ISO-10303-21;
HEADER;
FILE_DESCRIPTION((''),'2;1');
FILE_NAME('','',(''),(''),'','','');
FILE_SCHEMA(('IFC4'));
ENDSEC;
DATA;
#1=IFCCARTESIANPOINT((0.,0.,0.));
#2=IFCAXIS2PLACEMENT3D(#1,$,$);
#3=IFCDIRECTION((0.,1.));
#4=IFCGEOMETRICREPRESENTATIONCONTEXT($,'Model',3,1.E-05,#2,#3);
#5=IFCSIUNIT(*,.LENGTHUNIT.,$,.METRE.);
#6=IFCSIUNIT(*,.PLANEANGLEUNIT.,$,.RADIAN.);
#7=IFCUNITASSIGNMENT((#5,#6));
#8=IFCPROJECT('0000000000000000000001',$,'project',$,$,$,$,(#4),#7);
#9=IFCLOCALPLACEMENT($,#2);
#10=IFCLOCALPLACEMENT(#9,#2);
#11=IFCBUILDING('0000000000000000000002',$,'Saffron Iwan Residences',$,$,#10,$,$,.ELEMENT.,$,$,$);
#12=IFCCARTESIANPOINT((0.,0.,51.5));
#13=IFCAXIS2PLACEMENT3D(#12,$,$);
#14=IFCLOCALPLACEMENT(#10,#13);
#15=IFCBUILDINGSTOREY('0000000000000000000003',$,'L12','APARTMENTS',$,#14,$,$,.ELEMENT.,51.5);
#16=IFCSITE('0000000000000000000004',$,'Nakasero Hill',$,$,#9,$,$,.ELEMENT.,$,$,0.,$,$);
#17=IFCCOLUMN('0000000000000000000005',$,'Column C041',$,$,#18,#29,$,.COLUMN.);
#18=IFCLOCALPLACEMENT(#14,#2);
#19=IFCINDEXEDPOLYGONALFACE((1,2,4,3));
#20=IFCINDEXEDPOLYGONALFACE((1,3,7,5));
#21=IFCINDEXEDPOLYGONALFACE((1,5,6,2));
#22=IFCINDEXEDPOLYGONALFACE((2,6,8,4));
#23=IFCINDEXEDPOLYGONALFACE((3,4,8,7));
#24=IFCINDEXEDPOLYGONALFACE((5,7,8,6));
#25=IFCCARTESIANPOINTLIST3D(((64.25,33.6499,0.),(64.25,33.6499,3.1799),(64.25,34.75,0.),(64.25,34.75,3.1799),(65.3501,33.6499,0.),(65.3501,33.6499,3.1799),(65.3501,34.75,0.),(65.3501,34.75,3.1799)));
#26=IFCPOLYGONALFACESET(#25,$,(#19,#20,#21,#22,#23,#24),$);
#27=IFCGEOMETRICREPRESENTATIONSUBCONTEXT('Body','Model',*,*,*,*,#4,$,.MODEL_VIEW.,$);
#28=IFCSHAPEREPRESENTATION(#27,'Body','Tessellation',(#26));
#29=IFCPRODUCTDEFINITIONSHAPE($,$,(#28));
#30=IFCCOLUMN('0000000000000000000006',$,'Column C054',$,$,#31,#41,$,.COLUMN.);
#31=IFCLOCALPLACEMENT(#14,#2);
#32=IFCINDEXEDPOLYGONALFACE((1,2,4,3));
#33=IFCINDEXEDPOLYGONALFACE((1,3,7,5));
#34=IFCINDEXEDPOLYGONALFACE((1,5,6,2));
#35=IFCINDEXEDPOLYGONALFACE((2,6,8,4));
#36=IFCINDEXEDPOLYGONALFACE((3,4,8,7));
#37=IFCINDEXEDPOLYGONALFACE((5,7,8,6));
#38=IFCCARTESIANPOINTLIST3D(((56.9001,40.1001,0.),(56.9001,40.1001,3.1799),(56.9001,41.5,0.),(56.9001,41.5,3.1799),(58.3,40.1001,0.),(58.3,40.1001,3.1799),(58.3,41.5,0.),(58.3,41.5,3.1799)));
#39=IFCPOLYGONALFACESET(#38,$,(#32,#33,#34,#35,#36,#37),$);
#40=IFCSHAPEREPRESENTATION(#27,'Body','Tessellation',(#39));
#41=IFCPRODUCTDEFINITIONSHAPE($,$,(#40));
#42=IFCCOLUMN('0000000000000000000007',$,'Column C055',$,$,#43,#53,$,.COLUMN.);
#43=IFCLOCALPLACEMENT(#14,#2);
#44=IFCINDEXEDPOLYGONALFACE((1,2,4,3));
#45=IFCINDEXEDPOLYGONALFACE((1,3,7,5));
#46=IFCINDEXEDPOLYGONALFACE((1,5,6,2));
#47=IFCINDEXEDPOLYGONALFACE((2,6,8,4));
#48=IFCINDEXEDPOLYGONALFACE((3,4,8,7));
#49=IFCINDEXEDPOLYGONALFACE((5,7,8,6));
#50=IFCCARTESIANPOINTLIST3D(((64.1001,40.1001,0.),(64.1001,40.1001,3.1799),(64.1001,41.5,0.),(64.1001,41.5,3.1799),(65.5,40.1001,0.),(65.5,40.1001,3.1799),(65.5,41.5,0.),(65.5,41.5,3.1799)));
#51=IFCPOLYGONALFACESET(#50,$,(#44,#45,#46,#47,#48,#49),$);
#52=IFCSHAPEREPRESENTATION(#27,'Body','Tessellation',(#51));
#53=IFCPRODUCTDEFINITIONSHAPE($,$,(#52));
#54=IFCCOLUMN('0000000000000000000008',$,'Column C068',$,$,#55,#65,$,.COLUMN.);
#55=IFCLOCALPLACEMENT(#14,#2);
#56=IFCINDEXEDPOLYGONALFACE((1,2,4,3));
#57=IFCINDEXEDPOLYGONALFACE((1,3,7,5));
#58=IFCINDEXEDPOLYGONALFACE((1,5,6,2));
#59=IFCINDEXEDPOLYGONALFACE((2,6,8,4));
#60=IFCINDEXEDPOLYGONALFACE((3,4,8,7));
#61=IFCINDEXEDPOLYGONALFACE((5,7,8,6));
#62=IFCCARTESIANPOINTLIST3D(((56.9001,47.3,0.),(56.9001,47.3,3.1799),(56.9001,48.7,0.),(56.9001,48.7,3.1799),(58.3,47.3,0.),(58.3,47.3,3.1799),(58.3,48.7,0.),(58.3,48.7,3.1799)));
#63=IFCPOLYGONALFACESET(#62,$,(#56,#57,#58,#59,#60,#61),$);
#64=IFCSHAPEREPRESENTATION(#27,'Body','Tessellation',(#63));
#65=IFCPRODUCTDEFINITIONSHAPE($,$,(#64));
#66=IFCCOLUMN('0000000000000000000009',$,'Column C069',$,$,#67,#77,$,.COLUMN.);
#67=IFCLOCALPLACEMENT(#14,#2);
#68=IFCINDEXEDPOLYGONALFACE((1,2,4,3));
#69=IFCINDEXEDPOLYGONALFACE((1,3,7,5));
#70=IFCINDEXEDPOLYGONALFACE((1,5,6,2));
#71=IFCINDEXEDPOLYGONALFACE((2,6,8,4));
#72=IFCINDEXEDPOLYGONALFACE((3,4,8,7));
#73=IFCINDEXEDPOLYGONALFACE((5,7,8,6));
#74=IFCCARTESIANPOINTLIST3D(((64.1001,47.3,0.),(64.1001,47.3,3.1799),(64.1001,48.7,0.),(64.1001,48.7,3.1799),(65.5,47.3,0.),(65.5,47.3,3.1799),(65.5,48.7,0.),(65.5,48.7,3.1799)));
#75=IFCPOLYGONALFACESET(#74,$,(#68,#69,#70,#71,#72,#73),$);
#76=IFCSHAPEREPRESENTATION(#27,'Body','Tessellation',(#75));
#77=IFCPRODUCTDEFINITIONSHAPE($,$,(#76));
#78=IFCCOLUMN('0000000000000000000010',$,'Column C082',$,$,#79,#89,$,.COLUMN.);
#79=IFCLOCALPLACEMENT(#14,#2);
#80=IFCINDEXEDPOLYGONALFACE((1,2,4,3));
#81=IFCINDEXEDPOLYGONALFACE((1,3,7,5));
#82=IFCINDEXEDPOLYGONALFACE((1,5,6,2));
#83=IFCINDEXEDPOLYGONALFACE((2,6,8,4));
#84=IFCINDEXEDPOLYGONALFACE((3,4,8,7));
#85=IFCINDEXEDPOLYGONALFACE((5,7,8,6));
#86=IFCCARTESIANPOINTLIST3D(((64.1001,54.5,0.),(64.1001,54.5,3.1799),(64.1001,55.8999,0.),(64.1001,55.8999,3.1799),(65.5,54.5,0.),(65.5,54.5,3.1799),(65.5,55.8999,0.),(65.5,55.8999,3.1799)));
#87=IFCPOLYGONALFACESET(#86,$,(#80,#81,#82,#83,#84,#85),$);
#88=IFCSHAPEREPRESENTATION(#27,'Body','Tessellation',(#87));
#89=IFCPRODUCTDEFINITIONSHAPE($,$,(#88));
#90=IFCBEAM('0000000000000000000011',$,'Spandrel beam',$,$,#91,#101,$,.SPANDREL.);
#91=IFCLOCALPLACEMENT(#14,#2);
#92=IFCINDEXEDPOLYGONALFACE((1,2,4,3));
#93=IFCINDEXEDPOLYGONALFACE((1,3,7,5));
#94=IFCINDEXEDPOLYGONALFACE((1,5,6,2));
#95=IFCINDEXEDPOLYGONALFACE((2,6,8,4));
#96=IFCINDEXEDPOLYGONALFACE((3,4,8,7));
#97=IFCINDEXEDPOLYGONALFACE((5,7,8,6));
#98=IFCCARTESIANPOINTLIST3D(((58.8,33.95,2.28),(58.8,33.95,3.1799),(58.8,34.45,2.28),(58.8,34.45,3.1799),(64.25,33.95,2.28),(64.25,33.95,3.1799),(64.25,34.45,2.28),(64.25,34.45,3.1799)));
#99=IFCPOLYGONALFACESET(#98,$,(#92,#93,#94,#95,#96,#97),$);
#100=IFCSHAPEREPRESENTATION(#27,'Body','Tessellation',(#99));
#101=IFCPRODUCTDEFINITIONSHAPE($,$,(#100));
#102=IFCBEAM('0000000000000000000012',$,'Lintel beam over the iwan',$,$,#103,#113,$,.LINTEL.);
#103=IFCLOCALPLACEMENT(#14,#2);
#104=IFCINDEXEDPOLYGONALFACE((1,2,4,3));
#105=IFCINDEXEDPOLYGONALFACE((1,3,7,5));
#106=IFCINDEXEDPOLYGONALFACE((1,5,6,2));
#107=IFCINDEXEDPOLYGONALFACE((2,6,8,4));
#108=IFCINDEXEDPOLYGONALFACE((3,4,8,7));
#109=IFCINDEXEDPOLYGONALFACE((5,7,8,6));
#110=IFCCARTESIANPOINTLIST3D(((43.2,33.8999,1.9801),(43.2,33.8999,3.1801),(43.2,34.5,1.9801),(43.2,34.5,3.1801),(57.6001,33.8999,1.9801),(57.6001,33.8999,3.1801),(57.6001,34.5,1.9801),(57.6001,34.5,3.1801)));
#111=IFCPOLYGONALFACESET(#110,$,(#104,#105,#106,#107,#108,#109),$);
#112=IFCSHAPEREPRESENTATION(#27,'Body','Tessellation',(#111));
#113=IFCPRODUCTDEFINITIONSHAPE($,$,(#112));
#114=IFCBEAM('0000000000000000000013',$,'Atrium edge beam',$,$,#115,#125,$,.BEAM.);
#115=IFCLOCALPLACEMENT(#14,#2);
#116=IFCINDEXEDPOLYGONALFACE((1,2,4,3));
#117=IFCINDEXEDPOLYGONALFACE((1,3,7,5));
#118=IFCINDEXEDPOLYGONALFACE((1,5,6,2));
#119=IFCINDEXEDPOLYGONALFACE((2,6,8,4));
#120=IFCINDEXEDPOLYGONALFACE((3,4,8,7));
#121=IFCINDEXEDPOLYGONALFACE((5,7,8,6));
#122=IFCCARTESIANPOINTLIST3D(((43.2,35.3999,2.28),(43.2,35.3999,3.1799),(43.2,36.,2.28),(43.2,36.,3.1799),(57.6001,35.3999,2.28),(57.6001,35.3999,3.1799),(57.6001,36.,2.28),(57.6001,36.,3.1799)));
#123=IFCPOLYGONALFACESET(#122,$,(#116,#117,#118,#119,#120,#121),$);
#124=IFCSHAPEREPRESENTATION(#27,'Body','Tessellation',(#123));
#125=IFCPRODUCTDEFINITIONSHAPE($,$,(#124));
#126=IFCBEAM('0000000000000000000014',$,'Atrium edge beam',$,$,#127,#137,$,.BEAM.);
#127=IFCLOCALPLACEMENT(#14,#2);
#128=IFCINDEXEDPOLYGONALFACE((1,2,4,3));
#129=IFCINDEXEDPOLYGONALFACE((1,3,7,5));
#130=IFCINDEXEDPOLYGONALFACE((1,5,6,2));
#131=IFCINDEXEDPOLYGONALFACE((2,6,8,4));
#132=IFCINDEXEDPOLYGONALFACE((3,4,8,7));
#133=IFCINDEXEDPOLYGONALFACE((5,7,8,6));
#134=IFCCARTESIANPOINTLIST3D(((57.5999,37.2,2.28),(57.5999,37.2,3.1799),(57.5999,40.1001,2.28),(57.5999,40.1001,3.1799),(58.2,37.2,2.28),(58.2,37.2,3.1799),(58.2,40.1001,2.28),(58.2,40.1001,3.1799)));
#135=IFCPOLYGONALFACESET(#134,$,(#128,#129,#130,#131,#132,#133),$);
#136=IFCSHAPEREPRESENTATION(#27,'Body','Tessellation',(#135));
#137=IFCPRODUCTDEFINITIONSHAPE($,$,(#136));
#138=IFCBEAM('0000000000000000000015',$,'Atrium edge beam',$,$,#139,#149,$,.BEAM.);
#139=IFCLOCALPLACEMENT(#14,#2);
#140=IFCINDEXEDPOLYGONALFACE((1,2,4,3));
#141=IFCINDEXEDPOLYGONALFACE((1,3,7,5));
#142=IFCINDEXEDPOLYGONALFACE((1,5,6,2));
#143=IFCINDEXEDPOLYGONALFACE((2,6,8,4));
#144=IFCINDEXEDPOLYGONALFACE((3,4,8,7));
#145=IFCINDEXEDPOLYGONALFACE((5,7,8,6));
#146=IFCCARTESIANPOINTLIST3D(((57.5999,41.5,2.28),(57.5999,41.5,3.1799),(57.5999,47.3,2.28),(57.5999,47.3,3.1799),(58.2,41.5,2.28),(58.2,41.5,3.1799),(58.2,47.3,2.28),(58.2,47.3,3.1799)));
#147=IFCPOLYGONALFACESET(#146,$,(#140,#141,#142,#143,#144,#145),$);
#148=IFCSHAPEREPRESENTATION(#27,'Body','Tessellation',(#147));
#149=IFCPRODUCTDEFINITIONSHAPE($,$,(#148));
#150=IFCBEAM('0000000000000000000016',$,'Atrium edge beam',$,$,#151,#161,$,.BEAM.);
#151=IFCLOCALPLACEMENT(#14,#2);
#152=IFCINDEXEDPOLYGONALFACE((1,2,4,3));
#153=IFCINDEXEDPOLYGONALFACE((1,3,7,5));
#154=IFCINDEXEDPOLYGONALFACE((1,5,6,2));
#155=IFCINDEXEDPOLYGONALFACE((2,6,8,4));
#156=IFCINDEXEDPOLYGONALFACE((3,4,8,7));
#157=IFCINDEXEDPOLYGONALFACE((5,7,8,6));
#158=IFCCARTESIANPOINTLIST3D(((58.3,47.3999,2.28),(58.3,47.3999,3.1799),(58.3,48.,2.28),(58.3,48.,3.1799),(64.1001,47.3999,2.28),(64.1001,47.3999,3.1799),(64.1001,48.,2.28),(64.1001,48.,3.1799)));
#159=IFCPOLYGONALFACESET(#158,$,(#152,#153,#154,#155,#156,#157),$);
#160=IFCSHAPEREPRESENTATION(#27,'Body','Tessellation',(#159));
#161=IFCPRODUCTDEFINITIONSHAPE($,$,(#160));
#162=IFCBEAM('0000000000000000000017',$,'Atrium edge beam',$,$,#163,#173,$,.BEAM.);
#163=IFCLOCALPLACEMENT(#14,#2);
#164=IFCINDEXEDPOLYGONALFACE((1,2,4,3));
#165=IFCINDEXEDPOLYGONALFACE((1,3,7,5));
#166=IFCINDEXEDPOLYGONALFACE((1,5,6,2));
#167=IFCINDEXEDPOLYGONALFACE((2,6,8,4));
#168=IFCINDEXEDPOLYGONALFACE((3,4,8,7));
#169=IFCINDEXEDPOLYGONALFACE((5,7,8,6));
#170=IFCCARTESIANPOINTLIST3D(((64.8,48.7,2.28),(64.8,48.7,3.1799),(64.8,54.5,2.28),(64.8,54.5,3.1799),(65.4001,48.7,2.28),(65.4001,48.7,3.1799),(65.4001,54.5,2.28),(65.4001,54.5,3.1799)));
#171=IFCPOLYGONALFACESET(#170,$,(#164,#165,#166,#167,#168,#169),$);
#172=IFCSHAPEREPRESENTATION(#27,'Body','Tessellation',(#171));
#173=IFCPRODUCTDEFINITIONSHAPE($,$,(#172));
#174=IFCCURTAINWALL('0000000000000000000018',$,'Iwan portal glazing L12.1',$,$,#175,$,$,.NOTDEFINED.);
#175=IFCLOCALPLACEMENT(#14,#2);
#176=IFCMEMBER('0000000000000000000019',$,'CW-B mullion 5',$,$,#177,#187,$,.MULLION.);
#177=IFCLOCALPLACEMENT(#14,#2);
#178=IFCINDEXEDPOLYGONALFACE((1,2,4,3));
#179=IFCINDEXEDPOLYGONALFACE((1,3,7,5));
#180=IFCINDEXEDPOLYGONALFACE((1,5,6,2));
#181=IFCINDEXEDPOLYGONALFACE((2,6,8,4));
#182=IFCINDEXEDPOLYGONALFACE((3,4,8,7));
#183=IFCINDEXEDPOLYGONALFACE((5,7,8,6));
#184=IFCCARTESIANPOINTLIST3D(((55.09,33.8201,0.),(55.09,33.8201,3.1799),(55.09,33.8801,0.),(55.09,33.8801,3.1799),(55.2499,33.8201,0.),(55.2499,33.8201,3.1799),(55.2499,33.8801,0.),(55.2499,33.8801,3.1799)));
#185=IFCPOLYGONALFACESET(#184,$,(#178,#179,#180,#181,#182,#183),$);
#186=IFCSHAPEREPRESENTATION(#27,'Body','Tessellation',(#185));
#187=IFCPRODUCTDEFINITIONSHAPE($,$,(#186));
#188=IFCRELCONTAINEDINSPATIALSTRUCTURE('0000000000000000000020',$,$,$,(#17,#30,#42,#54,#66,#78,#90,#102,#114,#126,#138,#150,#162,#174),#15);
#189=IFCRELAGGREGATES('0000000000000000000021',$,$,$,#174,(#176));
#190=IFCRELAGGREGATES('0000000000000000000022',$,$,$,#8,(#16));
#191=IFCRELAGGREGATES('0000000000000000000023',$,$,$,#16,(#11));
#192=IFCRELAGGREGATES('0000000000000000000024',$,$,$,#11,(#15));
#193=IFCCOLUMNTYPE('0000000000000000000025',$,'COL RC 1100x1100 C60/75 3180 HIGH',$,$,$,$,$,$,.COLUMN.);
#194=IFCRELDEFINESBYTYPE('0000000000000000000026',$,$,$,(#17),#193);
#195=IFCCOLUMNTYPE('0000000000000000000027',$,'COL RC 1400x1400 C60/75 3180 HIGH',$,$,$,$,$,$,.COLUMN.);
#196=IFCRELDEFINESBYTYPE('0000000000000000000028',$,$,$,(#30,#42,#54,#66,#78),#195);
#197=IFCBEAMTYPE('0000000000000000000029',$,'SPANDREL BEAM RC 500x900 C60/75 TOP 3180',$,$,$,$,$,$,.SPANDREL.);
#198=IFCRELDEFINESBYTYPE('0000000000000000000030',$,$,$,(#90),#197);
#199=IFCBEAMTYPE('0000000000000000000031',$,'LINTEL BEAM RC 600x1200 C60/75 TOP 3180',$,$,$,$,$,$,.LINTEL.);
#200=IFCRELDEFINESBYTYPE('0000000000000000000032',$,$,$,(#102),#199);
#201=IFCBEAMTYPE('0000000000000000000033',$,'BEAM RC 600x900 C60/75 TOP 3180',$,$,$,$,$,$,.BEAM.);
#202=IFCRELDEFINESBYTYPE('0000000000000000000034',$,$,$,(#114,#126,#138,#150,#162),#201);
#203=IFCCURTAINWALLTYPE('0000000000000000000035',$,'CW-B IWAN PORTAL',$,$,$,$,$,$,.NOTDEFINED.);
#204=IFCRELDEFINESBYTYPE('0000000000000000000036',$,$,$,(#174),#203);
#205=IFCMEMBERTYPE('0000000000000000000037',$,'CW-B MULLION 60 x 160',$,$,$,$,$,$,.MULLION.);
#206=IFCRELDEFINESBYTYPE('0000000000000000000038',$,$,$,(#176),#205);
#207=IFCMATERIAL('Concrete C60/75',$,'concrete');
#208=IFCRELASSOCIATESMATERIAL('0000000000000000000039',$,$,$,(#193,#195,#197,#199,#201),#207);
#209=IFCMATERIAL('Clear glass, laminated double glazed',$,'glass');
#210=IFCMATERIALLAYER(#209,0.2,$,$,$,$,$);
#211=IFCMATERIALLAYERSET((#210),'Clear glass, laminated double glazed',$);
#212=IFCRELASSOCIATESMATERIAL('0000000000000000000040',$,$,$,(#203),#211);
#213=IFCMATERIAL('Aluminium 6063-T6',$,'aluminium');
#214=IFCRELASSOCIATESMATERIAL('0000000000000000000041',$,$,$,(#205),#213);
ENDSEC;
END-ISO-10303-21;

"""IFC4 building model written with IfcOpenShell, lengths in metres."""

from ifc_helpers import new_model, si_unit, direction, frame, origin, origin_2d, place, context, subcontext, project, spatial, rectangle, extrude, source, transform, mapped, material, layer, layer_set, material_profile, profile_set, type_object, element, aggregate, save


model = new_model("IFC4")

# Units and contexts
model_context = context("Model", 3, precision=1e-05, world=origin(), true_north=direction((0.0, 1.0)))
body_context = subcontext(model_context, "Body", "Model", "MODEL_VIEW")
ifc_project = project(units=[si_unit("LENGTHUNIT", "METRE"), si_unit("PLANEANGLEUNIT", "RADIAN")], contexts=[model_context])

# Site, building, storey
site_placement = place(None, origin())
site = spatial("IfcSite", under=ifc_project, at=site_placement, Name="Nakasero Hill", CompositionType="ELEMENT", RefElevation=0.0)
building_placement = place(site_placement, origin())
building = spatial("IfcBuilding", under=site, at=building_placement, Name="Saffron Iwan Residences", CompositionType="ELEMENT")
storey_placement = place(building_placement, frame((0.0, 0.0, 51.5)))
storey = spatial("IfcBuildingStorey", under=building, at=storey_placement, Name="L12", Description="APARTMENTS", CompositionType="ELEMENT", Elevation=51.5)

# Columns
ifc_material_1 = material(Name="Concrete C60/75", Category="concrete")
ifc_material_profile_1 = material_profile(ifc_material_1, rectangle(XDim=1.1001, YDim=1.1001, at=origin_2d()), Name="RC 1100x1100")
ifc_profile_set_1 = profile_set([ifc_material_profile_1], Name="Concrete C60/75")
column_type_1 = type_object("IfcColumnType", Name="COL RC 1100x1100 C60/75 3180 HIGH", PredefinedType="COLUMN", material=ifc_profile_set_1)
shared_shape_1 = source(origin(), body_context, "Body", "SweptSolid", [
    extrude(rectangle(XDim=1.1001, YDim=1.1001, at=origin_2d()), origin(), (0.0, 0.0, 1.0), 3.1799),
])
column_placement = place(storey_placement, frame((64.8, 34.2, 0.0), z_axis=(0.0, 0.0, 1.0), x_axis=(1.0, 0.0, 0.0)))
element("IfcColumn", 1, at=column_placement, inside=storey, type_object=column_type_1, Name="Column C041", PredefinedType="COLUMN", context=body_context, shape_type="MappedRepresentation", body=[
    mapped(shared_shape_1, transform((0.0, 0.0, 0.0))),
])
ifc_material_profile_2 = material_profile(ifc_material_1, rectangle(XDim=1.3999, YDim=1.3999, at=origin_2d()), Name="RC 1400x1400")
ifc_profile_set_2 = profile_set([ifc_material_profile_2], Name="Concrete C60/75")
column_type_2 = type_object("IfcColumnType", Name="COL RC 1400x1400 C60/75 3180 HIGH", PredefinedType="COLUMN", material=ifc_profile_set_2)
shared_shape_2 = source(origin(), body_context, "Body", "SweptSolid", [
    extrude(rectangle(XDim=1.3999, YDim=1.3999, at=origin_2d()), origin(), (0.0, 0.0, 1.0), 3.1799),
])
for number, where, z_axis, x_axis, name in (
    (2, (57.6001, 40.8, 0.0), (0.0, 0.0, 1.0), (1.0, 0.0, 0.0), "Column C054"),
    (3, (64.8, 40.8, 0.0), (0.0, 0.0, 1.0), (1.0, 0.0, 0.0), "Column C055"),
    (4, (57.6001, 48.0, 0.0), (0.0, 0.0, 1.0), (1.0, 0.0, 0.0), "Column C068"),
    (5, (64.8, 48.0, 0.0), (0.0, 0.0, 1.0), (1.0, 0.0, 0.0), "Column C069"),
    (6, (64.8, 55.2, 0.0), (0.0, 0.0, 1.0), (1.0, 0.0, 0.0), "Column C082"),
):
    element("IfcColumn", number, at=place(storey_placement, frame(where, z_axis=z_axis, x_axis=x_axis)), inside=storey, type_object=column_type_2, Name=name, PredefinedType="COLUMN", context=body_context, shape_type="MappedRepresentation", body=[
        mapped(shared_shape_2, transform((0.0, 0.0, 0.0))),
    ])

# Beams
ifc_material_profile_3 = material_profile(ifc_material_1, rectangle(XDim=0.5, YDim=0.8999, at=origin_2d()), Name="RC 500x900")
ifc_profile_set_3 = profile_set([ifc_material_profile_3], Name="Concrete C60/75")
beam_type_1 = type_object("IfcBeamType", Name="SPANDREL BEAM RC 500x900 C60/75 TOP 3180", PredefinedType="SPANDREL", material=ifc_profile_set_3)
shared_shape_3 = source(origin(), body_context, "Body", "SweptSolid", [
    extrude(rectangle(XDim=0.5, YDim=0.8999, at=origin_2d()), origin(), (0.0, 0.0, 1.0), 5.45),
])
beam_1_placement = place(storey_placement, frame((64.25, 34.2, 2.73), z_axis=(-1.0, 0.0, 0.0), x_axis=(0.0, -1.0, 0.0)))
element("IfcBeam", 7, at=beam_1_placement, inside=storey, type_object=beam_type_1, Name="Spandrel beam", PredefinedType="SPANDREL", context=body_context, shape_type="MappedRepresentation", body=[
    mapped(shared_shape_3, transform((0.0, 0.0, 0.0))),
])
ifc_material_profile_4 = material_profile(ifc_material_1, rectangle(XDim=0.6001, YDim=1.2, at=origin_2d()), Name="RC 600x1200")
ifc_profile_set_4 = profile_set([ifc_material_profile_4], Name="Concrete C60/75")
beam_type_2 = type_object("IfcBeamType", Name="LINTEL BEAM RC 600x1200 C60/75 TOP 3180", PredefinedType="LINTEL", material=ifc_profile_set_4)
shared_shape_4 = source(origin(), body_context, "Body", "SweptSolid", [
    extrude(rectangle(XDim=0.6001, YDim=1.2, at=origin_2d()), origin(), (0.0, 0.0, 1.0), 14.4001),
])
beam_2_placement = place(storey_placement, frame((57.6001, 34.2, 2.5801), z_axis=(-1.0, 0.0, 0.0), x_axis=(0.0, -1.0, 0.0)))
element("IfcBeam", 8, at=beam_2_placement, inside=storey, type_object=beam_type_2, Name="Lintel beam over the iwan", PredefinedType="LINTEL", context=body_context, shape_type="MappedRepresentation", body=[
    mapped(shared_shape_4, transform((0.0, 0.0, 0.0))),
])
ifc_material_profile_5 = material_profile(ifc_material_1, rectangle(XDim=0.6001, YDim=0.8999, at=origin_2d()), Name="RC 600x900")
ifc_profile_set_5 = profile_set([ifc_material_profile_5], Name="Concrete C60/75")
beam_type_3 = type_object("IfcBeamType", Name="BEAM RC 600x900 C60/75 TOP 3180", PredefinedType="BEAM", material=ifc_profile_set_5)
shared_shape_5 = source(origin(), body_context, "Body", "SweptSolid", [
    extrude(rectangle(XDim=0.6001, YDim=0.8999, at=origin_2d()), origin(), (0.0, 0.0, 1.0), 14.4001),
])
beam_3_placement = place(storey_placement, frame((57.6001, 35.7, 2.73), z_axis=(-1.0, 0.0, 0.0), x_axis=(0.0, -1.0, 0.0)))
element("IfcBeam", 9, at=beam_3_placement, inside=storey, type_object=beam_type_3, Name="Atrium edge beam", PredefinedType="BEAM", context=body_context, shape_type="MappedRepresentation", body=[
    mapped(shared_shape_5, transform((0.0, 0.0, 0.0))),
])
shared_shape_6 = source(origin(), body_context, "Body", "SweptSolid", [
    extrude(rectangle(XDim=0.6001, YDim=0.8999, at=origin_2d()), origin(), (0.0, 0.0, 1.0), 2.9001),
])
beam_4_placement = place(storey_placement, frame((57.8999, 40.1001, 2.73), z_axis=(0.0, -1.0, 0.0), x_axis=(1.0, 0.0, 0.0)))
element("IfcBeam", 10, at=beam_4_placement, inside=storey, type_object=beam_type_3, Name="Atrium edge beam", PredefinedType="BEAM", context=body_context, shape_type="MappedRepresentation", body=[
    mapped(shared_shape_6, transform((0.0, 0.0, 0.0))),
])
shared_shape_7 = source(origin(), body_context, "Body", "SweptSolid", [
    extrude(rectangle(XDim=0.6001, YDim=0.8999, at=origin_2d()), origin(), (0.0, 0.0, 1.0), 5.8),
])
for number, where, z_axis, x_axis, name in (
    (11, (57.8999, 47.3, 2.73), (0.0, -1.0, 0.0), (1.0, 0.0, 0.0), "Atrium edge beam"),
    (12, (64.1001, 47.7, 2.73), (-1.0, 0.0, 0.0), (0.0, -1.0, 0.0), "Atrium edge beam"),
    (13, (65.1001, 54.5, 2.73), (0.0, -1.0, 0.0), (1.0, 0.0, 0.0), "Atrium edge beam"),
):
    element("IfcBeam", number, at=place(storey_placement, frame(where, z_axis=z_axis, x_axis=x_axis)), inside=storey, type_object=beam_type_3, Name=name, PredefinedType="BEAM", context=body_context, shape_type="MappedRepresentation", body=[
        mapped(shared_shape_7, transform((0.0, 0.0, 0.0))),
    ])

# Curtain wall, member
ifc_material_2 = material(Name="Clear glass, laminated double glazed", Category="glass")
ifc_layer_1 = layer(ifc_material_2, 0.2)
ifc_layer_set_1 = layer_set([ifc_layer_1], Name="Clear glass, laminated double glazed")
curtain_wall_type = type_object("IfcCurtainWallType", Name="CW-B IWAN PORTAL", PredefinedType="NOTDEFINED", material=ifc_layer_set_1)
curtain_wall_placement = place(storey_placement, origin())
curtain_wall = element("IfcCurtainWall", 14, at=curtain_wall_placement, inside=storey, type_object=curtain_wall_type, Name="Iwan portal glazing L12.1", PredefinedType="NOTDEFINED")
ifc_material_3 = material(Name="Aluminium 6063-T6", Category="aluminium")
ifc_material_profile_6 = material_profile(ifc_material_3, rectangle(XDim=0.0601, YDim=0.1599, at=origin_2d()), Name="CW-B MULLION 60 x 160")
ifc_profile_set_6 = profile_set([ifc_material_profile_6], Name="Aluminium 6063-T6")
member_type = type_object("IfcMemberType", Name="CW-B MULLION 60 x 160", PredefinedType="MULLION", material=ifc_profile_set_6)
shared_shape_8 = source(origin(), body_context, "Body", "SweptSolid", [
    extrude(rectangle(XDim=0.0601, YDim=0.1599, at=origin_2d()), origin(), (0.0, 0.0, 1.0), 3.1799),
])
member_placement = place(storey_placement, frame((55.1699, 33.8501, 0.0), z_axis=(0.0, 0.0, 1.0), x_axis=(0.0, 1.0, 0.0)))
member = element("IfcMember", 15, at=member_placement, type_object=member_type, Name="CW-B mullion 5", PredefinedType="MULLION", context=body_context, shape_type="MappedRepresentation", body=[
    mapped(shared_shape_8, transform((0.0, 0.0, 0.0))),
])
aggregate(curtain_wall, [member])

save(model, "model.ifc")
